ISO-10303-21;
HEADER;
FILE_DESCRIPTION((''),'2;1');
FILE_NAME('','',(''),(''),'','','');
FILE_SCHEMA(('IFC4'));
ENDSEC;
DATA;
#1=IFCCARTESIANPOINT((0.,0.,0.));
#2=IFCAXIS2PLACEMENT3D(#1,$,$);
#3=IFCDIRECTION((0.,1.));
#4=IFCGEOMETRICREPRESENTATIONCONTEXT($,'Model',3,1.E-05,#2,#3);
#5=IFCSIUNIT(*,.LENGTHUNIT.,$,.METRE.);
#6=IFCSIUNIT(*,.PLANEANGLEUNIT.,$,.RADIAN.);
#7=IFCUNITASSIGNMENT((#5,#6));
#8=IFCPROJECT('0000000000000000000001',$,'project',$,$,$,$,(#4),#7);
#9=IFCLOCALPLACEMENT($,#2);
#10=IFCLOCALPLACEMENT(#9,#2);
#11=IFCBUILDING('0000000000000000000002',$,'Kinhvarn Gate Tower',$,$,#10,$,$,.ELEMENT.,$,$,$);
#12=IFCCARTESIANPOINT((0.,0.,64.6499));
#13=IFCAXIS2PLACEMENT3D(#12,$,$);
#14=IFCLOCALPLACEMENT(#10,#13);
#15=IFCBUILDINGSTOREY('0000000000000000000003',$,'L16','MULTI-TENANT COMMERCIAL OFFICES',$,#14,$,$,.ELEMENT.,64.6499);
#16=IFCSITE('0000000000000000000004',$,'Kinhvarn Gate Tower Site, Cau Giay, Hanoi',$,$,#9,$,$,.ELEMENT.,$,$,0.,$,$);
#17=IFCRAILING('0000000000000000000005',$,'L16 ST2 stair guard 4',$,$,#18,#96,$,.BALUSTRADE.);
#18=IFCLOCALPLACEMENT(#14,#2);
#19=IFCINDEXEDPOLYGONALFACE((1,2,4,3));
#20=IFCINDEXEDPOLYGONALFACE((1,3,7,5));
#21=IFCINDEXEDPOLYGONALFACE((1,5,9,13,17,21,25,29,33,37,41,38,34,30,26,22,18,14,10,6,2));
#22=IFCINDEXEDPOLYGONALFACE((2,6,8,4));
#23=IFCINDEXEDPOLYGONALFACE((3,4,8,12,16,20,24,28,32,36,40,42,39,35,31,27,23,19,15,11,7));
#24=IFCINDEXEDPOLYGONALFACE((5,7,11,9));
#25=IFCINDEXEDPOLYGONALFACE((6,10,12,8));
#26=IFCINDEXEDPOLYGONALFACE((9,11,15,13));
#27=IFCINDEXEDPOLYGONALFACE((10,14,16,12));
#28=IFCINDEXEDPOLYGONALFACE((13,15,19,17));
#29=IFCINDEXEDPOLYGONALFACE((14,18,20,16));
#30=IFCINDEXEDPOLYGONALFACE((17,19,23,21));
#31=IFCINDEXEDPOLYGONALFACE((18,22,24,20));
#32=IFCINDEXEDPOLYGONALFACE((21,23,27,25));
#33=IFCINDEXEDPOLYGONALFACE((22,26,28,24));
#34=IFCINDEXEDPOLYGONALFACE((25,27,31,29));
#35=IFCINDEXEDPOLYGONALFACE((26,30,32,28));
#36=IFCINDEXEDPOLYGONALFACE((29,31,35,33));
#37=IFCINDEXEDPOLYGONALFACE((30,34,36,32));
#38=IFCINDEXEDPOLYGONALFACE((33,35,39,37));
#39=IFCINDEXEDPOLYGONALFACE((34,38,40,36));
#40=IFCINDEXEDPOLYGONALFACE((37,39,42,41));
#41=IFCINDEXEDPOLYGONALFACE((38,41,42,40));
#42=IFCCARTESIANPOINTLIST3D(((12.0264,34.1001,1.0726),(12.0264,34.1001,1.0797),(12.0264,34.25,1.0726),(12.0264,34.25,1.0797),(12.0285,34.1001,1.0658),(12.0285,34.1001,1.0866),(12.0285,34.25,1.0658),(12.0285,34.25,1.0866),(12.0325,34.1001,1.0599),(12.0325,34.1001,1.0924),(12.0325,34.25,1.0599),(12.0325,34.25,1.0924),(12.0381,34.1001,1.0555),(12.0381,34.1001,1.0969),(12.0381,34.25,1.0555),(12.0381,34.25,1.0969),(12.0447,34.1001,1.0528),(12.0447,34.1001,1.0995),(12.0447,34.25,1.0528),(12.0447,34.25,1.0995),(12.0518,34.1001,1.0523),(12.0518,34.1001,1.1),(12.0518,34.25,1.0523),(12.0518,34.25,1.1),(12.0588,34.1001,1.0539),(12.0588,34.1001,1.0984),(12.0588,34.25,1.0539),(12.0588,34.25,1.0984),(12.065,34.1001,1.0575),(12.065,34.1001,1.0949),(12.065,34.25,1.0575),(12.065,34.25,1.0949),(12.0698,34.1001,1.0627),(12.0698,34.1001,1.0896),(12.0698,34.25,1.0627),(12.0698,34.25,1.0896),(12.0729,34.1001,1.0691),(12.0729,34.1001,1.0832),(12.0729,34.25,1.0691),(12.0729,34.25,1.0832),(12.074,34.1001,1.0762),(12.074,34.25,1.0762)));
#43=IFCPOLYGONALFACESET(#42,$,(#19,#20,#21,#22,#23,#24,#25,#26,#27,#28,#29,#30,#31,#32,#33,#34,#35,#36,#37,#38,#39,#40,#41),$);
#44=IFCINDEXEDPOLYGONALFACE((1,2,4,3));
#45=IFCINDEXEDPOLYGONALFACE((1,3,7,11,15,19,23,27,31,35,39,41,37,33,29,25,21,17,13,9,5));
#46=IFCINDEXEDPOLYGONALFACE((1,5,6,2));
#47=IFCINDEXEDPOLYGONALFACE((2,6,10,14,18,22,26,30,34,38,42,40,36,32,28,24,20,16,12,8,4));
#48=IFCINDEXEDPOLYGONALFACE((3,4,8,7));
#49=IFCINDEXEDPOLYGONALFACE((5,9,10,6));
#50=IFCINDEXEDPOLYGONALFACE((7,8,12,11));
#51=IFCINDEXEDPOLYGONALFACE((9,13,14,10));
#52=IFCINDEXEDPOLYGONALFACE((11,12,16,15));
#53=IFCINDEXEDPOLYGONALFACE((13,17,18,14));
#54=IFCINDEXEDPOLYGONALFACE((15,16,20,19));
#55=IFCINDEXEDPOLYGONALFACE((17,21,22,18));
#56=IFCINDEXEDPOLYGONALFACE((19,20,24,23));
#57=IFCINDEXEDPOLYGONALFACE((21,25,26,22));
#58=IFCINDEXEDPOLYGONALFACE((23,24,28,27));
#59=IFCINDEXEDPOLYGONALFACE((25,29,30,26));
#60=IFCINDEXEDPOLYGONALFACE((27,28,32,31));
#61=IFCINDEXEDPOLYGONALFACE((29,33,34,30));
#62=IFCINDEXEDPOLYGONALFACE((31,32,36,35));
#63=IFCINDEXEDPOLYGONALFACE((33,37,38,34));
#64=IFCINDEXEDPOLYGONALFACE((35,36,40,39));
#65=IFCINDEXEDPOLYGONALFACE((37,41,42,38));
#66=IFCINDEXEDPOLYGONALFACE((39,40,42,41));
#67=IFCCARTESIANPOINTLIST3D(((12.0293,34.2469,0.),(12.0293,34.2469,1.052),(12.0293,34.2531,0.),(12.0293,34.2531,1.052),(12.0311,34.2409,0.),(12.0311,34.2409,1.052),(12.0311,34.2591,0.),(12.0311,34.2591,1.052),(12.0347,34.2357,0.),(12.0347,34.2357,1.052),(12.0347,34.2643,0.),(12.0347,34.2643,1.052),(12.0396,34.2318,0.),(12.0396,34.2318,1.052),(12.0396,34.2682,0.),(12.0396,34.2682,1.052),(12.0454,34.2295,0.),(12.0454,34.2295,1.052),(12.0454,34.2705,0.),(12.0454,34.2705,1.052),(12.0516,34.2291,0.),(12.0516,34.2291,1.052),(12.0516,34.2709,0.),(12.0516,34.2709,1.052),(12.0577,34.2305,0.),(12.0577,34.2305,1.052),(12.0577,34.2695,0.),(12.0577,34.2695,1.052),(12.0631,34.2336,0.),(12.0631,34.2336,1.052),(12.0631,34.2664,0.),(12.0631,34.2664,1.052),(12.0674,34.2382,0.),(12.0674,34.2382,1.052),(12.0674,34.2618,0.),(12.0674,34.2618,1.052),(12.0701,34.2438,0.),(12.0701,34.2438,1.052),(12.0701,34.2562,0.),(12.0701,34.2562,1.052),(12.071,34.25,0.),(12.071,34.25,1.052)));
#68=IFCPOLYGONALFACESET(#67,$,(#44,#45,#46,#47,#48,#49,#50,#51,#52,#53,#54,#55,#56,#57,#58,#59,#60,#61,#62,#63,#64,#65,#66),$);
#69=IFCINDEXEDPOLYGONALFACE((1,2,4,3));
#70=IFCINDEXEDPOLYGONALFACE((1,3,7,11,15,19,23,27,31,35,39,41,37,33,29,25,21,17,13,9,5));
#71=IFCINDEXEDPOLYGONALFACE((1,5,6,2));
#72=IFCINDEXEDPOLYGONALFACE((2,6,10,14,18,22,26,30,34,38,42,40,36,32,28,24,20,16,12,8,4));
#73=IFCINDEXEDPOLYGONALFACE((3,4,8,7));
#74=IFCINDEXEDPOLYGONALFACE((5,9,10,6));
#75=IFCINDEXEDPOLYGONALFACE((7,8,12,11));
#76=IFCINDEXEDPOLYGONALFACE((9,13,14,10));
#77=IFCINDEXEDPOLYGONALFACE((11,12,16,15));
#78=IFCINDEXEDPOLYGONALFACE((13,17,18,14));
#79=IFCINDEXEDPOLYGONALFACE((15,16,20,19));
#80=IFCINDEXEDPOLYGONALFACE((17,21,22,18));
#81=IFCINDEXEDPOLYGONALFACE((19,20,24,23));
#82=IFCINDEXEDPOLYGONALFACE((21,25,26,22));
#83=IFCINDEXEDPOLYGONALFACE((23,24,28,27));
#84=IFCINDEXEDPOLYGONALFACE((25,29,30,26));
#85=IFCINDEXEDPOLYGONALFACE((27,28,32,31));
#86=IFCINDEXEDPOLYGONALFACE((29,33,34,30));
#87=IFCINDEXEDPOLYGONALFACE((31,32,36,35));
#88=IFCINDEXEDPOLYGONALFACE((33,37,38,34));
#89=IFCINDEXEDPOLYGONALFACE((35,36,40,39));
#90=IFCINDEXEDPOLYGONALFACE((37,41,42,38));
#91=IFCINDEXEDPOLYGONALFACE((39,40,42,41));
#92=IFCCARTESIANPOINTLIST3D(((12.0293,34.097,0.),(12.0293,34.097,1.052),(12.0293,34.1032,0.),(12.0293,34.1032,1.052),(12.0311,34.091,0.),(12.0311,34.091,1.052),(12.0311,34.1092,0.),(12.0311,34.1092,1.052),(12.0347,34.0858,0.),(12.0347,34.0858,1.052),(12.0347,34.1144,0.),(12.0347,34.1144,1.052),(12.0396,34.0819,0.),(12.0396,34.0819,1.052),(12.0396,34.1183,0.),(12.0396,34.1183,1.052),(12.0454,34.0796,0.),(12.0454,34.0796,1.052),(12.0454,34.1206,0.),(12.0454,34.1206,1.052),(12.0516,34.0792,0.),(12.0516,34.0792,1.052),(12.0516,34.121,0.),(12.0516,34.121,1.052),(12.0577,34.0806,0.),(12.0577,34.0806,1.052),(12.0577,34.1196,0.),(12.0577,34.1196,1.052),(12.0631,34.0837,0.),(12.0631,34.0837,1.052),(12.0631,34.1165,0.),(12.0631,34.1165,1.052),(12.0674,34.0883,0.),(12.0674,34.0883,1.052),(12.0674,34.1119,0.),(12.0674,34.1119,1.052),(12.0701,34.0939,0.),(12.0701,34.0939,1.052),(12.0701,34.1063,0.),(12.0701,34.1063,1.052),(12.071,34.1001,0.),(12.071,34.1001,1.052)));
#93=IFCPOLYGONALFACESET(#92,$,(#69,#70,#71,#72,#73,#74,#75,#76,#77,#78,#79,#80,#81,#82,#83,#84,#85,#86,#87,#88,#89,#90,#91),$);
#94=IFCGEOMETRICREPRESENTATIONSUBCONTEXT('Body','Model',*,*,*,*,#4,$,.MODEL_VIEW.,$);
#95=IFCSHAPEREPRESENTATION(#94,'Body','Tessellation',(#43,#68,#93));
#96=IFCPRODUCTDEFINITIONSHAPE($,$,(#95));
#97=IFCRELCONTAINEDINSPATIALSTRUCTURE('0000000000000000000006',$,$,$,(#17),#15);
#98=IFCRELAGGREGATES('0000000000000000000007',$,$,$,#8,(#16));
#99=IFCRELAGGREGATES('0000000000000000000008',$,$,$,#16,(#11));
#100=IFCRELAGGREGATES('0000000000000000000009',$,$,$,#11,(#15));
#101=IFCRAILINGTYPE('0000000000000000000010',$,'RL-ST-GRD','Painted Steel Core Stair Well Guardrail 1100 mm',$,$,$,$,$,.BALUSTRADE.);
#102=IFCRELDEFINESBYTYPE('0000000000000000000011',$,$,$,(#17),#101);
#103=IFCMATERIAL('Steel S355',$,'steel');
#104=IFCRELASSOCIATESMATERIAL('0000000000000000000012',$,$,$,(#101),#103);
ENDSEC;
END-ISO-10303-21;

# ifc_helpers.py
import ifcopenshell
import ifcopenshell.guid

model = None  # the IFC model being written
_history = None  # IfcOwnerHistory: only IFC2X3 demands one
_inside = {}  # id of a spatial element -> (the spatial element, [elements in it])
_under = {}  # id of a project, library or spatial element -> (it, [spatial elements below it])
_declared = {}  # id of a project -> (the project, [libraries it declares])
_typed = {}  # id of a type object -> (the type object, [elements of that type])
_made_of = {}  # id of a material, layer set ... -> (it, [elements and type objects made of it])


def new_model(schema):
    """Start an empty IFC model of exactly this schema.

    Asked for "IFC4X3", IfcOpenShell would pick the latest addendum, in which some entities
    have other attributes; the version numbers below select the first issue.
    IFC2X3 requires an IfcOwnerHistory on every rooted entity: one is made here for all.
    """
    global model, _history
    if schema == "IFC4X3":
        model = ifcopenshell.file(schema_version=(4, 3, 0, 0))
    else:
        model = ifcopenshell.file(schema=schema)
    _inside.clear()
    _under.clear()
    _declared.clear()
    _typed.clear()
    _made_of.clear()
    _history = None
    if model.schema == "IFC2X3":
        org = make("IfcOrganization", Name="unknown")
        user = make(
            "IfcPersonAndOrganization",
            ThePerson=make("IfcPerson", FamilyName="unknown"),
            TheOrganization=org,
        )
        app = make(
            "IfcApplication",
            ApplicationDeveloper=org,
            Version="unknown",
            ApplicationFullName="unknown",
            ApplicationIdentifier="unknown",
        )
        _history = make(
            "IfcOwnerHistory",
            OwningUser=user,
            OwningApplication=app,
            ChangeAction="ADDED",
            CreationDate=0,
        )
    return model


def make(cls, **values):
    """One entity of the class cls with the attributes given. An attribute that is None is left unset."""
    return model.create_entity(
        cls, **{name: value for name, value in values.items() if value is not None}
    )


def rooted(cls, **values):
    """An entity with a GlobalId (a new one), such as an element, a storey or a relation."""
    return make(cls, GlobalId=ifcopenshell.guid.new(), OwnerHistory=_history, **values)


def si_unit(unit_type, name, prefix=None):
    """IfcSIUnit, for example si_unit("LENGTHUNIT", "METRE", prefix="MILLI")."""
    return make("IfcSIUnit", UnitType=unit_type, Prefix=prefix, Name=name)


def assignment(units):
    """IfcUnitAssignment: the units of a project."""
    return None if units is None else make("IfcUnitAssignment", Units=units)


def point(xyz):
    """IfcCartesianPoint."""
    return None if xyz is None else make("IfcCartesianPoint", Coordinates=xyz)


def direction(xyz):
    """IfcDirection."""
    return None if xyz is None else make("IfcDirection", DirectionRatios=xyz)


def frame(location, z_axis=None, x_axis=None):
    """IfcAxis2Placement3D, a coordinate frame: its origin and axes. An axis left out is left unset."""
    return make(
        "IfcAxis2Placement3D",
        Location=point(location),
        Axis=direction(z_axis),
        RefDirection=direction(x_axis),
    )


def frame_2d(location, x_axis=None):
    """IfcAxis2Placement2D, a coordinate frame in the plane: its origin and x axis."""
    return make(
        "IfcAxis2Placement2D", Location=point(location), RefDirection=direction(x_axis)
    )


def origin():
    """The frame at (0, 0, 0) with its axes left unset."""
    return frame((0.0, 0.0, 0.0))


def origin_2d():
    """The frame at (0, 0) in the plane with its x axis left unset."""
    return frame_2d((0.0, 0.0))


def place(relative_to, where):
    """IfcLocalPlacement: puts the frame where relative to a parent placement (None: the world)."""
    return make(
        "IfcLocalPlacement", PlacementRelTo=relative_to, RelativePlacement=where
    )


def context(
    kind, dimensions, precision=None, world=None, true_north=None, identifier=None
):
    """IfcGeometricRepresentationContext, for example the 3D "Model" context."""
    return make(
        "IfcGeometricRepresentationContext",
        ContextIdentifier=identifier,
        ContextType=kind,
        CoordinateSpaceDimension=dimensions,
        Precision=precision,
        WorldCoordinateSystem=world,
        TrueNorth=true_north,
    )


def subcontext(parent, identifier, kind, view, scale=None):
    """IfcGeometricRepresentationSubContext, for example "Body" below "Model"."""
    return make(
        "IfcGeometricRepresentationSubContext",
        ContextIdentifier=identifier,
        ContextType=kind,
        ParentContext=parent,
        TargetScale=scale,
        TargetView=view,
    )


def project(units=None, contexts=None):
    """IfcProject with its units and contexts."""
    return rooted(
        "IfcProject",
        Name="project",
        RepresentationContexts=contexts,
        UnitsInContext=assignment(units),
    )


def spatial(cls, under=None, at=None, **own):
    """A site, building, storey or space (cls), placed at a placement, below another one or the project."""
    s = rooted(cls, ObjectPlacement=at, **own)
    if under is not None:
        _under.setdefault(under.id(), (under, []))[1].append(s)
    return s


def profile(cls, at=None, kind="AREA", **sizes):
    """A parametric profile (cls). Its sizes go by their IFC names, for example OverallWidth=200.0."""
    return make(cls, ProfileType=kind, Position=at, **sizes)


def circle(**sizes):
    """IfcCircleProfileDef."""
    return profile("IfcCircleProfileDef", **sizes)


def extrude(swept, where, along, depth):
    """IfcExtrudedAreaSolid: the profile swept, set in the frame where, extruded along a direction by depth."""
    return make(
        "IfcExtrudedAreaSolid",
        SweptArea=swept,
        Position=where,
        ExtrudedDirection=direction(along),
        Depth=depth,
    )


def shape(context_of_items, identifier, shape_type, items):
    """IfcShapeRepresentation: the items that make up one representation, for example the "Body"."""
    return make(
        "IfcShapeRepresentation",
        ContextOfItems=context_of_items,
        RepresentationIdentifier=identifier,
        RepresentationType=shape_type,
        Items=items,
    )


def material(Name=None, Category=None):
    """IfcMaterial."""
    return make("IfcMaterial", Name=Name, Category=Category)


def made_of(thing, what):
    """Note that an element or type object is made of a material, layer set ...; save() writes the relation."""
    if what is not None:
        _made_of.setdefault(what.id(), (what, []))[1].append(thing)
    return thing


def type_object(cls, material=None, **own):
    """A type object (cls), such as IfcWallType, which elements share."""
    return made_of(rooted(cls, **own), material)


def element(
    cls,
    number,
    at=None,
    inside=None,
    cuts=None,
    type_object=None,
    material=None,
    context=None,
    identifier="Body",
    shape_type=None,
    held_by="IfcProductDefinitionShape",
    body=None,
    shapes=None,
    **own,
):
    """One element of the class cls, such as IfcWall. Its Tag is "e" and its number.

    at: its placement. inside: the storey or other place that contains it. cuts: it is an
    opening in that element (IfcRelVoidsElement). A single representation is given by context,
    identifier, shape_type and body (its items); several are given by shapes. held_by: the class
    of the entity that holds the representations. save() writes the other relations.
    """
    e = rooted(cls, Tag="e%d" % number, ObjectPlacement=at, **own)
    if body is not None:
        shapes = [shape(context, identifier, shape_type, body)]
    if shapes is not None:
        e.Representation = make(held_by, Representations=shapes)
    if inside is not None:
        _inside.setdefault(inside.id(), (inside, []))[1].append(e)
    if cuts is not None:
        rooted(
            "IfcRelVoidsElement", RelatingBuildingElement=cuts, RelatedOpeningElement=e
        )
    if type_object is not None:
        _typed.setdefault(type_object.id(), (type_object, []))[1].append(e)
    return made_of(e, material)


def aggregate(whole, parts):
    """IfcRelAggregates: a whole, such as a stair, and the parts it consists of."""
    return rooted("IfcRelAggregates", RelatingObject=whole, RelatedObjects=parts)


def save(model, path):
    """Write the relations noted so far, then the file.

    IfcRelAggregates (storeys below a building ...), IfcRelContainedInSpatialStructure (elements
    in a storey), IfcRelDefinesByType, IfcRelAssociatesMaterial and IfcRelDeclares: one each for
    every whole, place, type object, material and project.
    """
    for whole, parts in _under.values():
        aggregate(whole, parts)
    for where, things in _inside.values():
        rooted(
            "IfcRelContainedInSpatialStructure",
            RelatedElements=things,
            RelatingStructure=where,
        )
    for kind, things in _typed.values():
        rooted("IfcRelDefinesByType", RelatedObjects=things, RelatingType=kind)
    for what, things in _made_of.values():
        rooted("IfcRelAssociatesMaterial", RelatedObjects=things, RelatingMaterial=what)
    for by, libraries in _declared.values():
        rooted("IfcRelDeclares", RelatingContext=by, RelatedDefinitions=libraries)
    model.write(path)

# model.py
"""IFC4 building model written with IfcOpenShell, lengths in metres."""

from ifc_helpers import new_model, si_unit, direction, frame, origin, origin_2d, place, context, subcontext, project, spatial, circle, extrude, material, type_object, element, save


model = new_model("IFC4")

# Units and contexts
model_context = context("Model", 3, precision=1e-05, world=origin(), true_north=direction((0.0, 1.0)))
body_context = subcontext(model_context, "Body", "Model", "MODEL_VIEW")
ifc_project = project(units=[si_unit("LENGTHUNIT", "METRE"), si_unit("PLANEANGLEUNIT", "RADIAN")], contexts=[model_context])

# Site, building, storey
site_placement = place(None, origin())
site = spatial("IfcSite", under=ifc_project, at=site_placement, Name="Kinhvarn Gate Tower Site, Cau Giay, Hanoi", CompositionType="ELEMENT", RefElevation=0.0)
building_placement = place(site_placement, origin())
building = spatial("IfcBuilding", under=site, at=building_placement, Name="Kinhvarn Gate Tower", CompositionType="ELEMENT")
storey_placement = place(building_placement, frame((0.0, 0.0, 64.6499)))
storey = spatial("IfcBuildingStorey", under=building, at=storey_placement, Name="L16", Description="MULTI-TENANT COMMERCIAL OFFICES", CompositionType="ELEMENT", Elevation=64.6499)

# Shared definitions
ifc_material_1 = material(Name="Steel S355", Category="steel")

# Railing
railing_type_1 = type_object("IfcRailingType", Name="RL-ST-GRD", Description="Painted Steel Core Stair Well Guardrail 1100 mm", PredefinedType="BALUSTRADE", material=ifc_material_1)
railing_1_placement = place(storey_placement, frame((12.05, 34.25, 0.0)))
element("IfcRailing", 1, at=railing_1_placement, inside=storey, type_object=railing_type_1, Name="L16 ST2 stair guard 4", PredefinedType="BALUSTRADE", context=body_context, shape_type="SweptSolid", body=[
    extrude(circle(Radius=0.0239, at=origin_2d()), frame((0.0, 0.0, 1.0762), z_axis=(0.0, -1.0, 0.0), x_axis=(1.0, 0.0, 0.0)), (0.0, 0.0, 1.0), 0.1499),
    extrude(circle(Radius=0.021, at=origin_2d()), origin(), (0.0, 0.0, 1.0), 1.052),
    extrude(circle(Radius=0.021, at=origin_2d()), frame((0.0, -0.1499, 0.0)), (0.0, 0.0, 1.0), 1.052),
])

save(model, "model.ifc")
